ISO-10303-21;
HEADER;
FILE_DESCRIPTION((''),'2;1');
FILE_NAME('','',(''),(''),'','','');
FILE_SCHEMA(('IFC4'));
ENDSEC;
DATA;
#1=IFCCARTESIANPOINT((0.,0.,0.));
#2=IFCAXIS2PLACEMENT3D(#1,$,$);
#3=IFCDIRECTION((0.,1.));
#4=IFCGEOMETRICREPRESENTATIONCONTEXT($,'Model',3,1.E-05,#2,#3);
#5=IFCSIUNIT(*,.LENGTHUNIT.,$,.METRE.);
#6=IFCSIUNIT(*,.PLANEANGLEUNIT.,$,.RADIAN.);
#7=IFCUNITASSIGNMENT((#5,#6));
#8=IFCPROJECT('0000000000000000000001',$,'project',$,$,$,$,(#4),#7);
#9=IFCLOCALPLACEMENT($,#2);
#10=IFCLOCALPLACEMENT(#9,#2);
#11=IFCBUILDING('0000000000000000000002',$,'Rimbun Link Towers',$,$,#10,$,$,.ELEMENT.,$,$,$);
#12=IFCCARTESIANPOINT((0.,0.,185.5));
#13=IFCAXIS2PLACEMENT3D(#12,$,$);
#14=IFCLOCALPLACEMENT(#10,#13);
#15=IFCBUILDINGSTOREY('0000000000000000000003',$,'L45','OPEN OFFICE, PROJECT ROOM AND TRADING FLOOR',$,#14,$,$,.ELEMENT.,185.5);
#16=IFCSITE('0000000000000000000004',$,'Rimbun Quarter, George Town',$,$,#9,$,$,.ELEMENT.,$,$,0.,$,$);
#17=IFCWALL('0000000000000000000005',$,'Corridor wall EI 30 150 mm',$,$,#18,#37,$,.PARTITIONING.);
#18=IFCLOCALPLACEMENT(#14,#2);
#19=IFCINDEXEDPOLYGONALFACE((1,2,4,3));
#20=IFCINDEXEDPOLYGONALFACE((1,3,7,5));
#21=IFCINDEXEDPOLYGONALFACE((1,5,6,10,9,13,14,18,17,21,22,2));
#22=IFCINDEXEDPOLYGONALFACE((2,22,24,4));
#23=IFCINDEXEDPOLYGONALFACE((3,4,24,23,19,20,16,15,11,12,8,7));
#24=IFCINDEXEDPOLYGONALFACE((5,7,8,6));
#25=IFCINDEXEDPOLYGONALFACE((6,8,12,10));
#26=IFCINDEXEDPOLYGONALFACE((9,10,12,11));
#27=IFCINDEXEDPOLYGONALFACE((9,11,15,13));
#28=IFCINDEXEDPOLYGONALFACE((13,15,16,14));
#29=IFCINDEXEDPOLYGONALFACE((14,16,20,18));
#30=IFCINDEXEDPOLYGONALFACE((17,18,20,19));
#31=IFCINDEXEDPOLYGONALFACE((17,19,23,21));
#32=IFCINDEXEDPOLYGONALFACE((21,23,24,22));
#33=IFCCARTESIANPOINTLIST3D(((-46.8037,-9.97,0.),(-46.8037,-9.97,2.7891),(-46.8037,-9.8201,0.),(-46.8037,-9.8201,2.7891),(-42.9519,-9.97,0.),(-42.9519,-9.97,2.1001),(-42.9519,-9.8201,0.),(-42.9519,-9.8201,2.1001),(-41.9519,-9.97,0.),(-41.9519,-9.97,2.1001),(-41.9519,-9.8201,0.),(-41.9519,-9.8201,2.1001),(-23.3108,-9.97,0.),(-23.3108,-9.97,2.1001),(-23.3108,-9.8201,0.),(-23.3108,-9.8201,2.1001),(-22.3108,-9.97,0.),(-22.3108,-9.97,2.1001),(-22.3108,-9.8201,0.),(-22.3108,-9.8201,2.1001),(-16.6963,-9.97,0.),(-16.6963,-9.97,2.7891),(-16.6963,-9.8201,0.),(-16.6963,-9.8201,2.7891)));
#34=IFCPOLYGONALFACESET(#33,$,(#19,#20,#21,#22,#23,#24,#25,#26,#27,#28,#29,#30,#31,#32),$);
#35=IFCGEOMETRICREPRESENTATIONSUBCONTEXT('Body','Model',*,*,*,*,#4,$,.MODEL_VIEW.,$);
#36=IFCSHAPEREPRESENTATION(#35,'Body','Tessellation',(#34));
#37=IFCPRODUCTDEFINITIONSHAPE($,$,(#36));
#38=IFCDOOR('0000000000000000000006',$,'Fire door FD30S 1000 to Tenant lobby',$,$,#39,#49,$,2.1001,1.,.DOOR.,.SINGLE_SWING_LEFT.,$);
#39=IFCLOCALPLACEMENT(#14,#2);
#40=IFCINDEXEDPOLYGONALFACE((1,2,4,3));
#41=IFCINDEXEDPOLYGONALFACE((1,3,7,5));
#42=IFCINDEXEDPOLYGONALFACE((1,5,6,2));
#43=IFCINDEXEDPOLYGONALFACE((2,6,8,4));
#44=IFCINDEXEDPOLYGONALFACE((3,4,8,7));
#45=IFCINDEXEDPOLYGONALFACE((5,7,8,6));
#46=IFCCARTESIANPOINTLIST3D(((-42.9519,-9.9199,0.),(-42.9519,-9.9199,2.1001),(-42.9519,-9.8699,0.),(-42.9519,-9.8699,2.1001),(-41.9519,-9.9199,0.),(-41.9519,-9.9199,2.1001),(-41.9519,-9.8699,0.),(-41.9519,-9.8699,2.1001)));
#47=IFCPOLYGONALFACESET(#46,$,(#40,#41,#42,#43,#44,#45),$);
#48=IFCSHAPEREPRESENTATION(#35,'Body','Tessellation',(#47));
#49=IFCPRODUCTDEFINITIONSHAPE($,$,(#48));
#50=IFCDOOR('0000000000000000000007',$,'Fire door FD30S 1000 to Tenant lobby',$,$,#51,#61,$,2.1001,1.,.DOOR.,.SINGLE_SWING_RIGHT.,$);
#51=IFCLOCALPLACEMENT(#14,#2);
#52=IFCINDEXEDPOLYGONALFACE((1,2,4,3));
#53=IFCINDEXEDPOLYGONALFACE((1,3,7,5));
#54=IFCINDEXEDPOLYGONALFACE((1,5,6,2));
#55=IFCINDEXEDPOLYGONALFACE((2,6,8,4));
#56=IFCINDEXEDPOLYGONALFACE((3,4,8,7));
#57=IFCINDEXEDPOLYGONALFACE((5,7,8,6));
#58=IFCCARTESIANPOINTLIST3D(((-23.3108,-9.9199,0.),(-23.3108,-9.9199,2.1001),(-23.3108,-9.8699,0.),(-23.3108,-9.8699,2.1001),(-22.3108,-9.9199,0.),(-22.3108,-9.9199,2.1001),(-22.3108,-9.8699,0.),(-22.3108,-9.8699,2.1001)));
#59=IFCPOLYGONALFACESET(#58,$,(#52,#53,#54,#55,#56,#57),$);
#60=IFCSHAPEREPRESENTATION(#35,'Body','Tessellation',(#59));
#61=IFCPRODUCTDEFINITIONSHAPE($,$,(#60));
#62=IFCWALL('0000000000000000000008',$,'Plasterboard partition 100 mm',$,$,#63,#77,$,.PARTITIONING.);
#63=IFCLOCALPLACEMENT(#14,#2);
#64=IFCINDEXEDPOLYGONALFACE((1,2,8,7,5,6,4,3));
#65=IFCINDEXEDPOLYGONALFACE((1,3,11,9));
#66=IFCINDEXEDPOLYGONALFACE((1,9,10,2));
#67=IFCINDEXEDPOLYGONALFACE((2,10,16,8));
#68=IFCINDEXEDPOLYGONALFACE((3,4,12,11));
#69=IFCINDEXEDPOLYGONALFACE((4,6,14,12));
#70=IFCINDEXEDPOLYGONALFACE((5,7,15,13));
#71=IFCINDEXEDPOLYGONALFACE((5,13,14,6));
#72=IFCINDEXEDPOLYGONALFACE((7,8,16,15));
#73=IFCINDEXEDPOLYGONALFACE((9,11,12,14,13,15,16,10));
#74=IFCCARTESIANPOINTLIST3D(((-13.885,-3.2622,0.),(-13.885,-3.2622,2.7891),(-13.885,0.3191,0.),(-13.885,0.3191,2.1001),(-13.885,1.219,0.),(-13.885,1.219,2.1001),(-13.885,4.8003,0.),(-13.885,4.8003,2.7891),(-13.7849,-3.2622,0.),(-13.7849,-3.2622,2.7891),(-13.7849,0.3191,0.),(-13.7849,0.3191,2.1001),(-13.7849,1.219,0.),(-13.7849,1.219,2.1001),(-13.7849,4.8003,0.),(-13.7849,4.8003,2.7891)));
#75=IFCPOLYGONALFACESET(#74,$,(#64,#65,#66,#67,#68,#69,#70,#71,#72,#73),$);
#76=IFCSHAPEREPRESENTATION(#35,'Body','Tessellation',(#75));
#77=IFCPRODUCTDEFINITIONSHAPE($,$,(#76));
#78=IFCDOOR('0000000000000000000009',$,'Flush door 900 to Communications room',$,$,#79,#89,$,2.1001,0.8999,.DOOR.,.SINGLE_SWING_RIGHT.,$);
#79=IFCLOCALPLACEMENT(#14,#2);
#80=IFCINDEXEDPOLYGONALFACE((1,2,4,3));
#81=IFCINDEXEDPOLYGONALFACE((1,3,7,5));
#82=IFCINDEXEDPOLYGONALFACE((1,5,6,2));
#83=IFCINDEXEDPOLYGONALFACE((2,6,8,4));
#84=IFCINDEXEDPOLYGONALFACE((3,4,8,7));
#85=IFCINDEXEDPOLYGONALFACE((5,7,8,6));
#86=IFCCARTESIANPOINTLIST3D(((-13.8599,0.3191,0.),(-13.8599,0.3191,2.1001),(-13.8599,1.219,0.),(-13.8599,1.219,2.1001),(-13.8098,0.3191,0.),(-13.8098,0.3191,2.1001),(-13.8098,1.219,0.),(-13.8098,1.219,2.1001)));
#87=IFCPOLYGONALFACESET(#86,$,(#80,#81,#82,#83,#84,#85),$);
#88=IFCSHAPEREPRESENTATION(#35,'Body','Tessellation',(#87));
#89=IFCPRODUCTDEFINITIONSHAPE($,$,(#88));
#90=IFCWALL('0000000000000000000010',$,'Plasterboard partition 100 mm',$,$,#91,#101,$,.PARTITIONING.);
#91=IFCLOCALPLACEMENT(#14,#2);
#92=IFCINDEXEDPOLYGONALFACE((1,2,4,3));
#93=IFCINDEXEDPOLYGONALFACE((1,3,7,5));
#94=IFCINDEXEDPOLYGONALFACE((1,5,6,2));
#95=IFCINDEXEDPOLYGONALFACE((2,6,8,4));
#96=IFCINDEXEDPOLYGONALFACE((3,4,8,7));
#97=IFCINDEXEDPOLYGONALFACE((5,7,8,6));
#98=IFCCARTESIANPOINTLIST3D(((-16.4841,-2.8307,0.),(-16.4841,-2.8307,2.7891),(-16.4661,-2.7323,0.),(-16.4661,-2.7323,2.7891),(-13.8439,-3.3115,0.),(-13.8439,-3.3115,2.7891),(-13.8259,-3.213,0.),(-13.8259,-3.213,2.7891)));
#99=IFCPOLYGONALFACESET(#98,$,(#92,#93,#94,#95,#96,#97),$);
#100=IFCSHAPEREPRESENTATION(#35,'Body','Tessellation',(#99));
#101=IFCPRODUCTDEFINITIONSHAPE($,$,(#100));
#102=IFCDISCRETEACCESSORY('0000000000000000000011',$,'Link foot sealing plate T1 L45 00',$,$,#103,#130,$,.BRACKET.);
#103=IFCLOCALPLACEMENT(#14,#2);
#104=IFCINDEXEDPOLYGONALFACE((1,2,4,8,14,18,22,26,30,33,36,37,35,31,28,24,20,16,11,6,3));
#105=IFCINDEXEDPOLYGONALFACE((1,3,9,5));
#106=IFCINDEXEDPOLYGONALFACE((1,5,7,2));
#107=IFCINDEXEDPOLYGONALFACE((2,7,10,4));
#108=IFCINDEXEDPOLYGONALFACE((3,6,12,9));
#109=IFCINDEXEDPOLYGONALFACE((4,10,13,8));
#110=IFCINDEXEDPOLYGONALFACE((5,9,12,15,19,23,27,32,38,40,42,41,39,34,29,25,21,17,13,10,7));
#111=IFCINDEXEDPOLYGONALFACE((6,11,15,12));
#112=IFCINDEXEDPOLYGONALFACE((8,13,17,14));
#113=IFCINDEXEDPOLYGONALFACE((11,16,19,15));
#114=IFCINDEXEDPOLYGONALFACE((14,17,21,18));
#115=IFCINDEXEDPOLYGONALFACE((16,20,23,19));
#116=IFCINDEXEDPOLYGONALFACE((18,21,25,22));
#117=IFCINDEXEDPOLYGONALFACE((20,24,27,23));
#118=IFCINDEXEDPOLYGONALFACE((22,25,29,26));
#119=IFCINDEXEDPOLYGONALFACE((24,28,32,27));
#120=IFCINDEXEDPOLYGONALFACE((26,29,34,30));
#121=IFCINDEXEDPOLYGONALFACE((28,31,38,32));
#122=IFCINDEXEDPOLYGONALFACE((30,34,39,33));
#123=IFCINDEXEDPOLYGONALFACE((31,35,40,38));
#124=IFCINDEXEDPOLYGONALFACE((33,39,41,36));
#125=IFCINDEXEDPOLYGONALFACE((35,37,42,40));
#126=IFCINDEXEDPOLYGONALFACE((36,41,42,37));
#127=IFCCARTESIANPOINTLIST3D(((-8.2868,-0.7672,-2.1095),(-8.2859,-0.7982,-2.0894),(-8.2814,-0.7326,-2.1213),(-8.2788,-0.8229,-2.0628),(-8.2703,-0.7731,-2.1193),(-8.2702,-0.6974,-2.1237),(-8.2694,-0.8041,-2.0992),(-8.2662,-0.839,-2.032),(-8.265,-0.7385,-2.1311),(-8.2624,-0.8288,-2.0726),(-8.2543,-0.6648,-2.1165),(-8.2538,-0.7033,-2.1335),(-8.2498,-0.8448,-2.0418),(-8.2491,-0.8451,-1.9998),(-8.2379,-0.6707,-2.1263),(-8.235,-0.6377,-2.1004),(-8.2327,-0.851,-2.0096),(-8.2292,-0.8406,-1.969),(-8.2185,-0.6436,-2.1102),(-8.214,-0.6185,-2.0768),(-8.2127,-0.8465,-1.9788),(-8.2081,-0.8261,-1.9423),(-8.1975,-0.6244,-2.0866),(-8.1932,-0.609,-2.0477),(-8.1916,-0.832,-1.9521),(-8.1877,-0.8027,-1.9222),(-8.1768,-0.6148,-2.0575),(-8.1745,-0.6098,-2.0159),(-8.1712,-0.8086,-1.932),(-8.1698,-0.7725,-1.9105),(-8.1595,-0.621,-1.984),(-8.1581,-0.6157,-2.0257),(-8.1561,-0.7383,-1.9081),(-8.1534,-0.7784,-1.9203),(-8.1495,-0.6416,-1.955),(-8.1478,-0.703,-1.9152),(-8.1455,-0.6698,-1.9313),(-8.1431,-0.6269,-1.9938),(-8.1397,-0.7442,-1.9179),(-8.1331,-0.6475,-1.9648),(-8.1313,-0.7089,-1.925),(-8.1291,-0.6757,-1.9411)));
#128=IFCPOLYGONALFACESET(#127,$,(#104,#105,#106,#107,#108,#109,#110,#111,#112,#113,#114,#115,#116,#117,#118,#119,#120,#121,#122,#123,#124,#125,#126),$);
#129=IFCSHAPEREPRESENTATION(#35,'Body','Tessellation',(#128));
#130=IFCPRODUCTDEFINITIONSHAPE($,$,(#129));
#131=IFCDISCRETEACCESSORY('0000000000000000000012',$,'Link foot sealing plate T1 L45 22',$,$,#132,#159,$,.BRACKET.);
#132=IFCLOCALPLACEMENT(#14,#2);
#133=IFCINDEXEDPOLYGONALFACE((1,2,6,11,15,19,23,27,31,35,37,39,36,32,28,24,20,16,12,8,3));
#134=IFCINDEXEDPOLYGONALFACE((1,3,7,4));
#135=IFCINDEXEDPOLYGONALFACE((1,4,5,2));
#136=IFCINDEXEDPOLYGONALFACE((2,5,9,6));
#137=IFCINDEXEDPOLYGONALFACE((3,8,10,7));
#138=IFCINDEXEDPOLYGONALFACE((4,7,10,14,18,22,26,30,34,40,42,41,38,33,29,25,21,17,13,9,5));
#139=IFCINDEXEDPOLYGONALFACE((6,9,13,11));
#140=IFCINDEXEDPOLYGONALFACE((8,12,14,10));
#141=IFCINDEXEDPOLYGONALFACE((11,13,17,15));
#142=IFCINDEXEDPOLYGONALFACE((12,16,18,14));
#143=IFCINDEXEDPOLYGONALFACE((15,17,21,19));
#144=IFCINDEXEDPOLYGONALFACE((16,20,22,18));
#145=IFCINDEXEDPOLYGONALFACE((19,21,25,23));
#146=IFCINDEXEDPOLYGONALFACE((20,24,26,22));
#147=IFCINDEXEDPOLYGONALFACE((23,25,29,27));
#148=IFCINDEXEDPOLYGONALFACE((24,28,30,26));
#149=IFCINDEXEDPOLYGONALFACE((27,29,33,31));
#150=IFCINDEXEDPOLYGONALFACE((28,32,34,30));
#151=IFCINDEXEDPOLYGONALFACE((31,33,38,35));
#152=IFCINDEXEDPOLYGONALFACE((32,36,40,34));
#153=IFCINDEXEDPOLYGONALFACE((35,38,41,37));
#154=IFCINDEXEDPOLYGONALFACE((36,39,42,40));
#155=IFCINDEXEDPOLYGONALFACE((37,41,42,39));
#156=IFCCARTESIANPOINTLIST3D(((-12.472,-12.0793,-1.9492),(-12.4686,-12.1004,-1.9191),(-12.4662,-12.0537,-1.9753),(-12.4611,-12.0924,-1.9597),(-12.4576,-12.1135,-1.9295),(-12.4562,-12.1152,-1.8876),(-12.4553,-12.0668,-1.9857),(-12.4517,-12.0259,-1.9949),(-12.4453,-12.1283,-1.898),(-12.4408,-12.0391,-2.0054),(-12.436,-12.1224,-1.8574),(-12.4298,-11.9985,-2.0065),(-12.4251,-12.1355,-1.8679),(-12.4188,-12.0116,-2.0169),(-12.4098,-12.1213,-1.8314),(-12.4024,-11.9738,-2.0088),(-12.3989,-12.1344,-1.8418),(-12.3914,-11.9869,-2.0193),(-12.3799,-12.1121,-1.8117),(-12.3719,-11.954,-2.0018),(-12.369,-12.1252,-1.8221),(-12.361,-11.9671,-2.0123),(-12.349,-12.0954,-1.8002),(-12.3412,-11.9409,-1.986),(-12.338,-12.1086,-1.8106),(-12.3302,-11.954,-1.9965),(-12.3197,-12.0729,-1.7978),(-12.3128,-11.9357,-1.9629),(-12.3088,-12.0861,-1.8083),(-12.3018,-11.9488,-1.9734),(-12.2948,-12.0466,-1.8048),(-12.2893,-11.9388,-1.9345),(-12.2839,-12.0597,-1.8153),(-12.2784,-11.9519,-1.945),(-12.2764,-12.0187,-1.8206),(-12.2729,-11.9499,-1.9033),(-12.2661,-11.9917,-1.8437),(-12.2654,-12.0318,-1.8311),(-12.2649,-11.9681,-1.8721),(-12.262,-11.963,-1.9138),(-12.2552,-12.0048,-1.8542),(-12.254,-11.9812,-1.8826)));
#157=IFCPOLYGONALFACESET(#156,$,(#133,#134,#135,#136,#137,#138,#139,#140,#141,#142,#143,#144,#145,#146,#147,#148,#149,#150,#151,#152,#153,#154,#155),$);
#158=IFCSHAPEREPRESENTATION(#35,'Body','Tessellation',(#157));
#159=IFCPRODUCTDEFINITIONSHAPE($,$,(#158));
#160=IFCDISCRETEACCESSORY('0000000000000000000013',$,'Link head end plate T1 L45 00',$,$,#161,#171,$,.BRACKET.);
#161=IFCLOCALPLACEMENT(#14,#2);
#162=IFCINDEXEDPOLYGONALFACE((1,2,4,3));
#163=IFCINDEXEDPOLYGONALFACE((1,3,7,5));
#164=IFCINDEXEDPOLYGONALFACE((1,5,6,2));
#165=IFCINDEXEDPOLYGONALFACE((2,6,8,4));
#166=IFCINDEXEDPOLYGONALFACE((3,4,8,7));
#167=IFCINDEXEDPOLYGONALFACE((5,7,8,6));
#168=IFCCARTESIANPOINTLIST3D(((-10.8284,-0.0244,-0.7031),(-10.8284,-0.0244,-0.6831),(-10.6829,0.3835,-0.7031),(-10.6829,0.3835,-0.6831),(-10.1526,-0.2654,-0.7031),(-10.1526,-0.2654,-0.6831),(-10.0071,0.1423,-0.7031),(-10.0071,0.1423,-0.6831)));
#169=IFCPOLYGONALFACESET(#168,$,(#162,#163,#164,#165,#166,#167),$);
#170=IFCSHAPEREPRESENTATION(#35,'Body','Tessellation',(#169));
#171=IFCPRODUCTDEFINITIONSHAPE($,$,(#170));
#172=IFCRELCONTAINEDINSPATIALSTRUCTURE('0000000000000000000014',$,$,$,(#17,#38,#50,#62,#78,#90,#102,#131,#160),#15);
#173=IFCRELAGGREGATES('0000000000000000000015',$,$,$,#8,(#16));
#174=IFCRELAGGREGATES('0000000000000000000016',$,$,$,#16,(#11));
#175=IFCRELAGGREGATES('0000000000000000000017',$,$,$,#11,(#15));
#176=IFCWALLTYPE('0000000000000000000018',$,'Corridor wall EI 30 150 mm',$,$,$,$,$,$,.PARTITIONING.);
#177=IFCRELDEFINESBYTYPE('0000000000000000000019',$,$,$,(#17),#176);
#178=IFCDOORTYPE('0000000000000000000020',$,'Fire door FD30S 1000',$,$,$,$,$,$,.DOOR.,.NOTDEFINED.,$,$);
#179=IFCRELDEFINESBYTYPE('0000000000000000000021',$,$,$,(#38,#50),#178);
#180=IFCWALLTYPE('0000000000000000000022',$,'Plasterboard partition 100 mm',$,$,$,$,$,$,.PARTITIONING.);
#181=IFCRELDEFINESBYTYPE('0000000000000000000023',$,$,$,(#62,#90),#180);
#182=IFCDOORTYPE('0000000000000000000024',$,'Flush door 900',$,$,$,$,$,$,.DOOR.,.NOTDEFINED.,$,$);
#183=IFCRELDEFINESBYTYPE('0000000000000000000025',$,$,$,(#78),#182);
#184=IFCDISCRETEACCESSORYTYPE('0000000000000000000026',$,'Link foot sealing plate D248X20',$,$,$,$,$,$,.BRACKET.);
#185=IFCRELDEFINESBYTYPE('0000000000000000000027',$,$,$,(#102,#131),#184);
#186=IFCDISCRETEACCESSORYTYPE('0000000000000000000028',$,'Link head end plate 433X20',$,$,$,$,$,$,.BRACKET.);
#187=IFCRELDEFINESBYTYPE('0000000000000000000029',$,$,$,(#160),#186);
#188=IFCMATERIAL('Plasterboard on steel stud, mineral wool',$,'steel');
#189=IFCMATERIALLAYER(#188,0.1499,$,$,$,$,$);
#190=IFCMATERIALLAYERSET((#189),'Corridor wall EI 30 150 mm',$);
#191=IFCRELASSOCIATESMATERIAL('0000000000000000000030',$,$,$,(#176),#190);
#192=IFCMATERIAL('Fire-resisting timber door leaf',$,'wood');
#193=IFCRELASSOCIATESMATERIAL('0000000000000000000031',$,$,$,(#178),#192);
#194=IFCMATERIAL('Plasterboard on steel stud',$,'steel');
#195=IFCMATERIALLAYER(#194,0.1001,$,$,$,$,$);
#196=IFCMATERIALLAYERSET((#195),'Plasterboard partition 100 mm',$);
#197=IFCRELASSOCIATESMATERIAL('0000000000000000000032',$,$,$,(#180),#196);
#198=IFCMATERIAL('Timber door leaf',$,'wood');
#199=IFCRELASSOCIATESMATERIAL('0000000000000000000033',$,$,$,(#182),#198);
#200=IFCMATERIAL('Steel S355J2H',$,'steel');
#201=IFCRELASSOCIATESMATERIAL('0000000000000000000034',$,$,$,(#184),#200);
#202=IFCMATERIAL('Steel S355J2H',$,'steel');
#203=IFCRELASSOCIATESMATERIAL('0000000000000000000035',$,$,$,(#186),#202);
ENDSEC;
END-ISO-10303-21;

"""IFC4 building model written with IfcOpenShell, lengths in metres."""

from ifc_helpers import new_model, si_unit, direction, frame, frame_2d, origin, origin_2d, place, context, subcontext, project, spatial, polyline, rectangle, circle, outline, extrude, material, layer, layer_set, material_profile, profile_set, type_object, element, fill, save


model = new_model("IFC4")

# Units and contexts
model_context = context("Model", 3, precision=1e-05, world=origin(), true_north=direction((0.0, 1.0)))
body_context = subcontext(model_context, "Body", "Model", "MODEL_VIEW")
ifc_project = project(units=[si_unit("LENGTHUNIT", "METRE"), si_unit("PLANEANGLEUNIT", "RADIAN")], contexts=[model_context])

# Site, building, storey
site_placement = place(None, origin())
site = spatial("IfcSite", under=ifc_project, at=site_placement, Name="Rimbun Quarter, George Town", CompositionType="ELEMENT", RefElevation=0.0)
building_placement = place(site_placement, origin())
building = spatial("IfcBuilding", under=site, at=building_placement, Name="Rimbun Link Towers", CompositionType="ELEMENT")
storey_placement = place(building_placement, frame((0.0, 0.0, 185.5)))
storey = spatial("IfcBuildingStorey", under=building, at=storey_placement, Name="L45", Description="OPEN OFFICE, PROJECT ROOM AND TRADING FLOOR", CompositionType="ELEMENT", Elevation=185.5)

# Shared definitions
ifc_material_1 = material(Name="Plasterboard on steel stud, mineral wool", Category="steel")
ifc_layer_1 = layer(ifc_material_1, 0.1499)
ifc_layer_set_1 = layer_set([ifc_layer_1], Name="Corridor wall EI 30 150 mm")
wall_type_1 = type_object("IfcWallType", Name="Corridor wall EI 30 150 mm", PredefinedType="PARTITIONING", material=ifc_layer_set_1)

# Wall, openings, doors
wall_1_placement = place(storey_placement, frame((-16.6963, -9.895, 0.0), z_axis=(0.0, 0.0, 1.0), x_axis=(-1.0, 0.0, 0.0)))
wall_1 = element("IfcWall", 1, at=wall_1_placement, inside=storey, type_object=wall_type_1, Name="Corridor wall EI 30 150 mm", PredefinedType="PARTITIONING", context=body_context, shape_type="SweptSolid", body=[
    extrude(rectangle(XDim=30.1074, YDim=0.1499, at=frame_2d((15.0537, 0.0))), origin(), (0.0, 0.0, 1.0), 2.7891),
])
opening_1_placement = place(wall_1_placement, frame((25.2556, 0.0, 0.0)))
opening_1 = element("IfcOpeningElement", 2, at=opening_1_placement, cuts=wall_1, PredefinedType="OPENING", context=body_context, shape_type="SweptSolid", body=[
    extrude(rectangle(XDim=1.0, YDim=2.1001, at=frame_2d((0.5, 1.05))), frame((0.0, 0.085, 0.0), z_axis=(0.0, -1.0, 0.0), x_axis=(1.0, 0.0, 0.0)), (0.0, 0.0, 1.0), 0.1699),
])
opening_2_placement = place(wall_1_placement, frame((5.6145, 0.0, 0.0)))
opening_2 = element("IfcOpeningElement", 3, at=opening_2_placement, cuts=wall_1, PredefinedType="OPENING", context=body_context, shape_type="SweptSolid", body=[
    extrude(rectangle(XDim=1.0, YDim=2.1001, at=frame_2d((0.5, 1.05))), frame((0.0, 0.085, 0.0), z_axis=(0.0, -1.0, 0.0), x_axis=(1.0, 0.0, 0.0)), (0.0, 0.0, 1.0), 0.1699),
])
ifc_material_2 = material(Name="Fire-resisting timber door leaf", Category="wood")
door_type_1 = type_object("IfcDoorType", Name="Fire door FD30S 1000", OperationType="NOTDEFINED", PredefinedType="DOOR", material=ifc_material_2)
door_1_placement = place(opening_1_placement, origin())
door_1 = element("IfcDoor", 4, at=door_1_placement, inside=storey, type_object=door_type_1, Name="Fire door FD30S 1000 to Tenant lobby", OperationType="SINGLE_SWING_LEFT", OverallHeight=2.1001, OverallWidth=1.0, PredefinedType="DOOR", context=body_context, shape_type="SweptSolid", body=[
    extrude(rectangle(XDim=1.0, YDim=2.1001, at=frame_2d((0.5, 1.05))), frame((0.0, 0.0249, 0.0), z_axis=(0.0, -1.0, 0.0), x_axis=(1.0, 0.0, 0.0)), (0.0, 0.0, 1.0), 0.05),
])
fill(opening_1, door_1)
door_2_placement = place(opening_2_placement, origin())
door_2 = element("IfcDoor", 5, at=door_2_placement, inside=storey, type_object=door_type_1, Name="Fire door FD30S 1000 to Tenant lobby", OperationType="SINGLE_SWING_RIGHT", OverallHeight=2.1001, OverallWidth=1.0, PredefinedType="DOOR", context=body_context, shape_type="SweptSolid", body=[
    extrude(rectangle(XDim=1.0, YDim=2.1001, at=frame_2d((0.5, 1.05))), frame((0.0, 0.0249, 0.0), z_axis=(0.0, -1.0, 0.0), x_axis=(1.0, 0.0, 0.0)), (0.0, 0.0, 1.0), 0.05),
])
fill(opening_2, door_2)

# Wall, opening, door
ifc_material_3 = material(Name="Plasterboard on steel stud", Category="steel")
ifc_layer_2 = layer(ifc_material_3, 0.1001)
ifc_layer_set_2 = layer_set([ifc_layer_2], Name="Plasterboard partition 100 mm")
wall_type_2 = type_object("IfcWallType", Name="Plasterboard partition 100 mm", PredefinedType="PARTITIONING", material=ifc_layer_set_2)
wall_2_placement = place(storey_placement, frame((-13.835, -3.2622, 0.0), z_axis=(0.0, 0.0, 1.0), x_axis=(0.0, 1.0, 0.0)))
wall_2 = element("IfcWall", 6, at=wall_2_placement, inside=storey, type_object=wall_type_2, Name="Plasterboard partition 100 mm", PredefinedType="PARTITIONING", context=body_context, shape_type="SweptSolid", body=[
    extrude(rectangle(XDim=8.0625, YDim=0.1001, at=frame_2d((4.0312, 0.0))), origin(), (0.0, 0.0, 1.0), 2.7891),
])
opening_3_placement = place(wall_2_placement, frame((3.5813, 0.0, 0.0)))
opening_3 = element("IfcOpeningElement", 7, at=opening_3_placement, cuts=wall_2, PredefinedType="OPENING", context=body_context, shape_type="SweptSolid", body=[
    extrude(rectangle(XDim=0.8999, YDim=2.1001, at=frame_2d((0.45, 1.05))), frame((0.0, 0.0601, 0.0), z_axis=(0.0, -1.0, 0.0), x_axis=(1.0, 0.0, 0.0)), (0.0, 0.0, 1.0), 0.1201),
])
ifc_material_4 = material(Name="Timber door leaf", Category="wood")
door_type_2 = type_object("IfcDoorType", Name="Flush door 900", OperationType="NOTDEFINED", PredefinedType="DOOR", material=ifc_material_4)
door_3_placement = place(opening_3_placement, origin())
door_3 = element("IfcDoor", 8, at=door_3_placement, inside=storey, type_object=door_type_2, Name="Flush door 900 to Communications room", OperationType="SINGLE_SWING_RIGHT", OverallHeight=2.1001, OverallWidth=0.8999, PredefinedType="DOOR", context=body_context, shape_type="SweptSolid", body=[
    extrude(rectangle(XDim=0.8999, YDim=2.1001, at=frame_2d((0.45, 1.05))), frame((0.0, 0.0249, 0.0), z_axis=(0.0, -1.0, 0.0), x_axis=(1.0, 0.0, 0.0)), (0.0, 0.0, 1.0), 0.05),
])
fill(opening_3, door_3)

# Wall
wall_3_placement = place(storey_placement, frame((-16.4751, -2.7815, 0.0), z_axis=(0.0, 0.0, 1.0), x_axis=(0.983825, -0.179134, 0.0)))
element("IfcWall", 9, at=wall_3_placement, inside=storey, type_object=wall_type_2, Name="Plasterboard partition 100 mm", PredefinedType="PARTITIONING", context=body_context, shape_type="SweptSolid", body=[
    extrude(rectangle(XDim=2.6836, YDim=0.1001, at=frame_2d((1.3418, 0.0))), origin(), (0.0, 0.0, 1.0), 2.7891),
])

# Discrete accessories
ifc_material_5 = material(Name="Steel S355J2H", Category="steel")
ifc_material_profile_1 = material_profile(ifc_material_5, circle(Radius=0.124, at=origin_2d()), Name="PL D248")
ifc_profile_set_1 = profile_set([ifc_material_profile_1], Name="Steel S355J2H")
discrete_accessory_type_1 = type_object("IfcDiscreteAccessoryType", Name="Link foot sealing plate D248X20", PredefinedType="BRACKET", material=ifc_profile_set_1)
for number, where, z_axis, x_axis, name in (
    (10, (-8.2163, -0.7266, -2.0159), (0.820682, -0.293976, -0.489959), (0.337226, 0.941424, 0.0), "Link foot sealing plate T1 L45 00"),
    (11, (-12.3682, -12.0293, -1.9033), (0.546107, -0.655328, -0.521835), (0.768221, 0.640184, 0.0), "Link foot sealing plate T1 L45 22"),
):
    element("IfcDiscreteAccessory", number, at=place(storey_placement, frame(where, z_axis=z_axis, x_axis=x_axis)), inside=storey, type_object=discrete_accessory_type_1, Name=name, PredefinedType="BRACKET", context=body_context, shape_type="SweptSolid", body=[
        extrude(circle(Radius=0.124, at=origin_2d()), origin(), (0.0, 0.0, 1.0), 0.02),
    ])
ifc_material_6 = material(Name="Steel S355J2H", Category="steel")
ifc_material_profile_2 = material_profile(ifc_material_6, rectangle(XDim=0.4331, YDim=0.4331, at=origin_2d()), Name="PL 433x433")
ifc_profile_set_2 = profile_set([ifc_material_profile_2], Name="Steel S355J2H")
discrete_accessory_type_2 = type_object("IfcDiscreteAccessoryType", Name="Link head end plate 433X20", PredefinedType="BRACKET", material=ifc_profile_set_2)
discrete_accessory_1_placement = place(storey_placement, frame((0.0, 0.0, -0.7031)))
element("IfcDiscreteAccessory", 12, at=discrete_accessory_1_placement, inside=storey, type_object=discrete_accessory_type_2, Name="Link head end plate T1 L45 00", PredefinedType="BRACKET", context=body_context, shape_type="SweptSolid", body=[
    extrude(outline(polyline([(-10.8284, -0.0244), (-10.1526, -0.2654), (-10.0071, 0.1423), (-10.6829, 0.3835), (-10.8284, -0.0244)])), origin(), (0.0, 0.0, 1.0), 0.02),
])

save(model, "model.ifc")
